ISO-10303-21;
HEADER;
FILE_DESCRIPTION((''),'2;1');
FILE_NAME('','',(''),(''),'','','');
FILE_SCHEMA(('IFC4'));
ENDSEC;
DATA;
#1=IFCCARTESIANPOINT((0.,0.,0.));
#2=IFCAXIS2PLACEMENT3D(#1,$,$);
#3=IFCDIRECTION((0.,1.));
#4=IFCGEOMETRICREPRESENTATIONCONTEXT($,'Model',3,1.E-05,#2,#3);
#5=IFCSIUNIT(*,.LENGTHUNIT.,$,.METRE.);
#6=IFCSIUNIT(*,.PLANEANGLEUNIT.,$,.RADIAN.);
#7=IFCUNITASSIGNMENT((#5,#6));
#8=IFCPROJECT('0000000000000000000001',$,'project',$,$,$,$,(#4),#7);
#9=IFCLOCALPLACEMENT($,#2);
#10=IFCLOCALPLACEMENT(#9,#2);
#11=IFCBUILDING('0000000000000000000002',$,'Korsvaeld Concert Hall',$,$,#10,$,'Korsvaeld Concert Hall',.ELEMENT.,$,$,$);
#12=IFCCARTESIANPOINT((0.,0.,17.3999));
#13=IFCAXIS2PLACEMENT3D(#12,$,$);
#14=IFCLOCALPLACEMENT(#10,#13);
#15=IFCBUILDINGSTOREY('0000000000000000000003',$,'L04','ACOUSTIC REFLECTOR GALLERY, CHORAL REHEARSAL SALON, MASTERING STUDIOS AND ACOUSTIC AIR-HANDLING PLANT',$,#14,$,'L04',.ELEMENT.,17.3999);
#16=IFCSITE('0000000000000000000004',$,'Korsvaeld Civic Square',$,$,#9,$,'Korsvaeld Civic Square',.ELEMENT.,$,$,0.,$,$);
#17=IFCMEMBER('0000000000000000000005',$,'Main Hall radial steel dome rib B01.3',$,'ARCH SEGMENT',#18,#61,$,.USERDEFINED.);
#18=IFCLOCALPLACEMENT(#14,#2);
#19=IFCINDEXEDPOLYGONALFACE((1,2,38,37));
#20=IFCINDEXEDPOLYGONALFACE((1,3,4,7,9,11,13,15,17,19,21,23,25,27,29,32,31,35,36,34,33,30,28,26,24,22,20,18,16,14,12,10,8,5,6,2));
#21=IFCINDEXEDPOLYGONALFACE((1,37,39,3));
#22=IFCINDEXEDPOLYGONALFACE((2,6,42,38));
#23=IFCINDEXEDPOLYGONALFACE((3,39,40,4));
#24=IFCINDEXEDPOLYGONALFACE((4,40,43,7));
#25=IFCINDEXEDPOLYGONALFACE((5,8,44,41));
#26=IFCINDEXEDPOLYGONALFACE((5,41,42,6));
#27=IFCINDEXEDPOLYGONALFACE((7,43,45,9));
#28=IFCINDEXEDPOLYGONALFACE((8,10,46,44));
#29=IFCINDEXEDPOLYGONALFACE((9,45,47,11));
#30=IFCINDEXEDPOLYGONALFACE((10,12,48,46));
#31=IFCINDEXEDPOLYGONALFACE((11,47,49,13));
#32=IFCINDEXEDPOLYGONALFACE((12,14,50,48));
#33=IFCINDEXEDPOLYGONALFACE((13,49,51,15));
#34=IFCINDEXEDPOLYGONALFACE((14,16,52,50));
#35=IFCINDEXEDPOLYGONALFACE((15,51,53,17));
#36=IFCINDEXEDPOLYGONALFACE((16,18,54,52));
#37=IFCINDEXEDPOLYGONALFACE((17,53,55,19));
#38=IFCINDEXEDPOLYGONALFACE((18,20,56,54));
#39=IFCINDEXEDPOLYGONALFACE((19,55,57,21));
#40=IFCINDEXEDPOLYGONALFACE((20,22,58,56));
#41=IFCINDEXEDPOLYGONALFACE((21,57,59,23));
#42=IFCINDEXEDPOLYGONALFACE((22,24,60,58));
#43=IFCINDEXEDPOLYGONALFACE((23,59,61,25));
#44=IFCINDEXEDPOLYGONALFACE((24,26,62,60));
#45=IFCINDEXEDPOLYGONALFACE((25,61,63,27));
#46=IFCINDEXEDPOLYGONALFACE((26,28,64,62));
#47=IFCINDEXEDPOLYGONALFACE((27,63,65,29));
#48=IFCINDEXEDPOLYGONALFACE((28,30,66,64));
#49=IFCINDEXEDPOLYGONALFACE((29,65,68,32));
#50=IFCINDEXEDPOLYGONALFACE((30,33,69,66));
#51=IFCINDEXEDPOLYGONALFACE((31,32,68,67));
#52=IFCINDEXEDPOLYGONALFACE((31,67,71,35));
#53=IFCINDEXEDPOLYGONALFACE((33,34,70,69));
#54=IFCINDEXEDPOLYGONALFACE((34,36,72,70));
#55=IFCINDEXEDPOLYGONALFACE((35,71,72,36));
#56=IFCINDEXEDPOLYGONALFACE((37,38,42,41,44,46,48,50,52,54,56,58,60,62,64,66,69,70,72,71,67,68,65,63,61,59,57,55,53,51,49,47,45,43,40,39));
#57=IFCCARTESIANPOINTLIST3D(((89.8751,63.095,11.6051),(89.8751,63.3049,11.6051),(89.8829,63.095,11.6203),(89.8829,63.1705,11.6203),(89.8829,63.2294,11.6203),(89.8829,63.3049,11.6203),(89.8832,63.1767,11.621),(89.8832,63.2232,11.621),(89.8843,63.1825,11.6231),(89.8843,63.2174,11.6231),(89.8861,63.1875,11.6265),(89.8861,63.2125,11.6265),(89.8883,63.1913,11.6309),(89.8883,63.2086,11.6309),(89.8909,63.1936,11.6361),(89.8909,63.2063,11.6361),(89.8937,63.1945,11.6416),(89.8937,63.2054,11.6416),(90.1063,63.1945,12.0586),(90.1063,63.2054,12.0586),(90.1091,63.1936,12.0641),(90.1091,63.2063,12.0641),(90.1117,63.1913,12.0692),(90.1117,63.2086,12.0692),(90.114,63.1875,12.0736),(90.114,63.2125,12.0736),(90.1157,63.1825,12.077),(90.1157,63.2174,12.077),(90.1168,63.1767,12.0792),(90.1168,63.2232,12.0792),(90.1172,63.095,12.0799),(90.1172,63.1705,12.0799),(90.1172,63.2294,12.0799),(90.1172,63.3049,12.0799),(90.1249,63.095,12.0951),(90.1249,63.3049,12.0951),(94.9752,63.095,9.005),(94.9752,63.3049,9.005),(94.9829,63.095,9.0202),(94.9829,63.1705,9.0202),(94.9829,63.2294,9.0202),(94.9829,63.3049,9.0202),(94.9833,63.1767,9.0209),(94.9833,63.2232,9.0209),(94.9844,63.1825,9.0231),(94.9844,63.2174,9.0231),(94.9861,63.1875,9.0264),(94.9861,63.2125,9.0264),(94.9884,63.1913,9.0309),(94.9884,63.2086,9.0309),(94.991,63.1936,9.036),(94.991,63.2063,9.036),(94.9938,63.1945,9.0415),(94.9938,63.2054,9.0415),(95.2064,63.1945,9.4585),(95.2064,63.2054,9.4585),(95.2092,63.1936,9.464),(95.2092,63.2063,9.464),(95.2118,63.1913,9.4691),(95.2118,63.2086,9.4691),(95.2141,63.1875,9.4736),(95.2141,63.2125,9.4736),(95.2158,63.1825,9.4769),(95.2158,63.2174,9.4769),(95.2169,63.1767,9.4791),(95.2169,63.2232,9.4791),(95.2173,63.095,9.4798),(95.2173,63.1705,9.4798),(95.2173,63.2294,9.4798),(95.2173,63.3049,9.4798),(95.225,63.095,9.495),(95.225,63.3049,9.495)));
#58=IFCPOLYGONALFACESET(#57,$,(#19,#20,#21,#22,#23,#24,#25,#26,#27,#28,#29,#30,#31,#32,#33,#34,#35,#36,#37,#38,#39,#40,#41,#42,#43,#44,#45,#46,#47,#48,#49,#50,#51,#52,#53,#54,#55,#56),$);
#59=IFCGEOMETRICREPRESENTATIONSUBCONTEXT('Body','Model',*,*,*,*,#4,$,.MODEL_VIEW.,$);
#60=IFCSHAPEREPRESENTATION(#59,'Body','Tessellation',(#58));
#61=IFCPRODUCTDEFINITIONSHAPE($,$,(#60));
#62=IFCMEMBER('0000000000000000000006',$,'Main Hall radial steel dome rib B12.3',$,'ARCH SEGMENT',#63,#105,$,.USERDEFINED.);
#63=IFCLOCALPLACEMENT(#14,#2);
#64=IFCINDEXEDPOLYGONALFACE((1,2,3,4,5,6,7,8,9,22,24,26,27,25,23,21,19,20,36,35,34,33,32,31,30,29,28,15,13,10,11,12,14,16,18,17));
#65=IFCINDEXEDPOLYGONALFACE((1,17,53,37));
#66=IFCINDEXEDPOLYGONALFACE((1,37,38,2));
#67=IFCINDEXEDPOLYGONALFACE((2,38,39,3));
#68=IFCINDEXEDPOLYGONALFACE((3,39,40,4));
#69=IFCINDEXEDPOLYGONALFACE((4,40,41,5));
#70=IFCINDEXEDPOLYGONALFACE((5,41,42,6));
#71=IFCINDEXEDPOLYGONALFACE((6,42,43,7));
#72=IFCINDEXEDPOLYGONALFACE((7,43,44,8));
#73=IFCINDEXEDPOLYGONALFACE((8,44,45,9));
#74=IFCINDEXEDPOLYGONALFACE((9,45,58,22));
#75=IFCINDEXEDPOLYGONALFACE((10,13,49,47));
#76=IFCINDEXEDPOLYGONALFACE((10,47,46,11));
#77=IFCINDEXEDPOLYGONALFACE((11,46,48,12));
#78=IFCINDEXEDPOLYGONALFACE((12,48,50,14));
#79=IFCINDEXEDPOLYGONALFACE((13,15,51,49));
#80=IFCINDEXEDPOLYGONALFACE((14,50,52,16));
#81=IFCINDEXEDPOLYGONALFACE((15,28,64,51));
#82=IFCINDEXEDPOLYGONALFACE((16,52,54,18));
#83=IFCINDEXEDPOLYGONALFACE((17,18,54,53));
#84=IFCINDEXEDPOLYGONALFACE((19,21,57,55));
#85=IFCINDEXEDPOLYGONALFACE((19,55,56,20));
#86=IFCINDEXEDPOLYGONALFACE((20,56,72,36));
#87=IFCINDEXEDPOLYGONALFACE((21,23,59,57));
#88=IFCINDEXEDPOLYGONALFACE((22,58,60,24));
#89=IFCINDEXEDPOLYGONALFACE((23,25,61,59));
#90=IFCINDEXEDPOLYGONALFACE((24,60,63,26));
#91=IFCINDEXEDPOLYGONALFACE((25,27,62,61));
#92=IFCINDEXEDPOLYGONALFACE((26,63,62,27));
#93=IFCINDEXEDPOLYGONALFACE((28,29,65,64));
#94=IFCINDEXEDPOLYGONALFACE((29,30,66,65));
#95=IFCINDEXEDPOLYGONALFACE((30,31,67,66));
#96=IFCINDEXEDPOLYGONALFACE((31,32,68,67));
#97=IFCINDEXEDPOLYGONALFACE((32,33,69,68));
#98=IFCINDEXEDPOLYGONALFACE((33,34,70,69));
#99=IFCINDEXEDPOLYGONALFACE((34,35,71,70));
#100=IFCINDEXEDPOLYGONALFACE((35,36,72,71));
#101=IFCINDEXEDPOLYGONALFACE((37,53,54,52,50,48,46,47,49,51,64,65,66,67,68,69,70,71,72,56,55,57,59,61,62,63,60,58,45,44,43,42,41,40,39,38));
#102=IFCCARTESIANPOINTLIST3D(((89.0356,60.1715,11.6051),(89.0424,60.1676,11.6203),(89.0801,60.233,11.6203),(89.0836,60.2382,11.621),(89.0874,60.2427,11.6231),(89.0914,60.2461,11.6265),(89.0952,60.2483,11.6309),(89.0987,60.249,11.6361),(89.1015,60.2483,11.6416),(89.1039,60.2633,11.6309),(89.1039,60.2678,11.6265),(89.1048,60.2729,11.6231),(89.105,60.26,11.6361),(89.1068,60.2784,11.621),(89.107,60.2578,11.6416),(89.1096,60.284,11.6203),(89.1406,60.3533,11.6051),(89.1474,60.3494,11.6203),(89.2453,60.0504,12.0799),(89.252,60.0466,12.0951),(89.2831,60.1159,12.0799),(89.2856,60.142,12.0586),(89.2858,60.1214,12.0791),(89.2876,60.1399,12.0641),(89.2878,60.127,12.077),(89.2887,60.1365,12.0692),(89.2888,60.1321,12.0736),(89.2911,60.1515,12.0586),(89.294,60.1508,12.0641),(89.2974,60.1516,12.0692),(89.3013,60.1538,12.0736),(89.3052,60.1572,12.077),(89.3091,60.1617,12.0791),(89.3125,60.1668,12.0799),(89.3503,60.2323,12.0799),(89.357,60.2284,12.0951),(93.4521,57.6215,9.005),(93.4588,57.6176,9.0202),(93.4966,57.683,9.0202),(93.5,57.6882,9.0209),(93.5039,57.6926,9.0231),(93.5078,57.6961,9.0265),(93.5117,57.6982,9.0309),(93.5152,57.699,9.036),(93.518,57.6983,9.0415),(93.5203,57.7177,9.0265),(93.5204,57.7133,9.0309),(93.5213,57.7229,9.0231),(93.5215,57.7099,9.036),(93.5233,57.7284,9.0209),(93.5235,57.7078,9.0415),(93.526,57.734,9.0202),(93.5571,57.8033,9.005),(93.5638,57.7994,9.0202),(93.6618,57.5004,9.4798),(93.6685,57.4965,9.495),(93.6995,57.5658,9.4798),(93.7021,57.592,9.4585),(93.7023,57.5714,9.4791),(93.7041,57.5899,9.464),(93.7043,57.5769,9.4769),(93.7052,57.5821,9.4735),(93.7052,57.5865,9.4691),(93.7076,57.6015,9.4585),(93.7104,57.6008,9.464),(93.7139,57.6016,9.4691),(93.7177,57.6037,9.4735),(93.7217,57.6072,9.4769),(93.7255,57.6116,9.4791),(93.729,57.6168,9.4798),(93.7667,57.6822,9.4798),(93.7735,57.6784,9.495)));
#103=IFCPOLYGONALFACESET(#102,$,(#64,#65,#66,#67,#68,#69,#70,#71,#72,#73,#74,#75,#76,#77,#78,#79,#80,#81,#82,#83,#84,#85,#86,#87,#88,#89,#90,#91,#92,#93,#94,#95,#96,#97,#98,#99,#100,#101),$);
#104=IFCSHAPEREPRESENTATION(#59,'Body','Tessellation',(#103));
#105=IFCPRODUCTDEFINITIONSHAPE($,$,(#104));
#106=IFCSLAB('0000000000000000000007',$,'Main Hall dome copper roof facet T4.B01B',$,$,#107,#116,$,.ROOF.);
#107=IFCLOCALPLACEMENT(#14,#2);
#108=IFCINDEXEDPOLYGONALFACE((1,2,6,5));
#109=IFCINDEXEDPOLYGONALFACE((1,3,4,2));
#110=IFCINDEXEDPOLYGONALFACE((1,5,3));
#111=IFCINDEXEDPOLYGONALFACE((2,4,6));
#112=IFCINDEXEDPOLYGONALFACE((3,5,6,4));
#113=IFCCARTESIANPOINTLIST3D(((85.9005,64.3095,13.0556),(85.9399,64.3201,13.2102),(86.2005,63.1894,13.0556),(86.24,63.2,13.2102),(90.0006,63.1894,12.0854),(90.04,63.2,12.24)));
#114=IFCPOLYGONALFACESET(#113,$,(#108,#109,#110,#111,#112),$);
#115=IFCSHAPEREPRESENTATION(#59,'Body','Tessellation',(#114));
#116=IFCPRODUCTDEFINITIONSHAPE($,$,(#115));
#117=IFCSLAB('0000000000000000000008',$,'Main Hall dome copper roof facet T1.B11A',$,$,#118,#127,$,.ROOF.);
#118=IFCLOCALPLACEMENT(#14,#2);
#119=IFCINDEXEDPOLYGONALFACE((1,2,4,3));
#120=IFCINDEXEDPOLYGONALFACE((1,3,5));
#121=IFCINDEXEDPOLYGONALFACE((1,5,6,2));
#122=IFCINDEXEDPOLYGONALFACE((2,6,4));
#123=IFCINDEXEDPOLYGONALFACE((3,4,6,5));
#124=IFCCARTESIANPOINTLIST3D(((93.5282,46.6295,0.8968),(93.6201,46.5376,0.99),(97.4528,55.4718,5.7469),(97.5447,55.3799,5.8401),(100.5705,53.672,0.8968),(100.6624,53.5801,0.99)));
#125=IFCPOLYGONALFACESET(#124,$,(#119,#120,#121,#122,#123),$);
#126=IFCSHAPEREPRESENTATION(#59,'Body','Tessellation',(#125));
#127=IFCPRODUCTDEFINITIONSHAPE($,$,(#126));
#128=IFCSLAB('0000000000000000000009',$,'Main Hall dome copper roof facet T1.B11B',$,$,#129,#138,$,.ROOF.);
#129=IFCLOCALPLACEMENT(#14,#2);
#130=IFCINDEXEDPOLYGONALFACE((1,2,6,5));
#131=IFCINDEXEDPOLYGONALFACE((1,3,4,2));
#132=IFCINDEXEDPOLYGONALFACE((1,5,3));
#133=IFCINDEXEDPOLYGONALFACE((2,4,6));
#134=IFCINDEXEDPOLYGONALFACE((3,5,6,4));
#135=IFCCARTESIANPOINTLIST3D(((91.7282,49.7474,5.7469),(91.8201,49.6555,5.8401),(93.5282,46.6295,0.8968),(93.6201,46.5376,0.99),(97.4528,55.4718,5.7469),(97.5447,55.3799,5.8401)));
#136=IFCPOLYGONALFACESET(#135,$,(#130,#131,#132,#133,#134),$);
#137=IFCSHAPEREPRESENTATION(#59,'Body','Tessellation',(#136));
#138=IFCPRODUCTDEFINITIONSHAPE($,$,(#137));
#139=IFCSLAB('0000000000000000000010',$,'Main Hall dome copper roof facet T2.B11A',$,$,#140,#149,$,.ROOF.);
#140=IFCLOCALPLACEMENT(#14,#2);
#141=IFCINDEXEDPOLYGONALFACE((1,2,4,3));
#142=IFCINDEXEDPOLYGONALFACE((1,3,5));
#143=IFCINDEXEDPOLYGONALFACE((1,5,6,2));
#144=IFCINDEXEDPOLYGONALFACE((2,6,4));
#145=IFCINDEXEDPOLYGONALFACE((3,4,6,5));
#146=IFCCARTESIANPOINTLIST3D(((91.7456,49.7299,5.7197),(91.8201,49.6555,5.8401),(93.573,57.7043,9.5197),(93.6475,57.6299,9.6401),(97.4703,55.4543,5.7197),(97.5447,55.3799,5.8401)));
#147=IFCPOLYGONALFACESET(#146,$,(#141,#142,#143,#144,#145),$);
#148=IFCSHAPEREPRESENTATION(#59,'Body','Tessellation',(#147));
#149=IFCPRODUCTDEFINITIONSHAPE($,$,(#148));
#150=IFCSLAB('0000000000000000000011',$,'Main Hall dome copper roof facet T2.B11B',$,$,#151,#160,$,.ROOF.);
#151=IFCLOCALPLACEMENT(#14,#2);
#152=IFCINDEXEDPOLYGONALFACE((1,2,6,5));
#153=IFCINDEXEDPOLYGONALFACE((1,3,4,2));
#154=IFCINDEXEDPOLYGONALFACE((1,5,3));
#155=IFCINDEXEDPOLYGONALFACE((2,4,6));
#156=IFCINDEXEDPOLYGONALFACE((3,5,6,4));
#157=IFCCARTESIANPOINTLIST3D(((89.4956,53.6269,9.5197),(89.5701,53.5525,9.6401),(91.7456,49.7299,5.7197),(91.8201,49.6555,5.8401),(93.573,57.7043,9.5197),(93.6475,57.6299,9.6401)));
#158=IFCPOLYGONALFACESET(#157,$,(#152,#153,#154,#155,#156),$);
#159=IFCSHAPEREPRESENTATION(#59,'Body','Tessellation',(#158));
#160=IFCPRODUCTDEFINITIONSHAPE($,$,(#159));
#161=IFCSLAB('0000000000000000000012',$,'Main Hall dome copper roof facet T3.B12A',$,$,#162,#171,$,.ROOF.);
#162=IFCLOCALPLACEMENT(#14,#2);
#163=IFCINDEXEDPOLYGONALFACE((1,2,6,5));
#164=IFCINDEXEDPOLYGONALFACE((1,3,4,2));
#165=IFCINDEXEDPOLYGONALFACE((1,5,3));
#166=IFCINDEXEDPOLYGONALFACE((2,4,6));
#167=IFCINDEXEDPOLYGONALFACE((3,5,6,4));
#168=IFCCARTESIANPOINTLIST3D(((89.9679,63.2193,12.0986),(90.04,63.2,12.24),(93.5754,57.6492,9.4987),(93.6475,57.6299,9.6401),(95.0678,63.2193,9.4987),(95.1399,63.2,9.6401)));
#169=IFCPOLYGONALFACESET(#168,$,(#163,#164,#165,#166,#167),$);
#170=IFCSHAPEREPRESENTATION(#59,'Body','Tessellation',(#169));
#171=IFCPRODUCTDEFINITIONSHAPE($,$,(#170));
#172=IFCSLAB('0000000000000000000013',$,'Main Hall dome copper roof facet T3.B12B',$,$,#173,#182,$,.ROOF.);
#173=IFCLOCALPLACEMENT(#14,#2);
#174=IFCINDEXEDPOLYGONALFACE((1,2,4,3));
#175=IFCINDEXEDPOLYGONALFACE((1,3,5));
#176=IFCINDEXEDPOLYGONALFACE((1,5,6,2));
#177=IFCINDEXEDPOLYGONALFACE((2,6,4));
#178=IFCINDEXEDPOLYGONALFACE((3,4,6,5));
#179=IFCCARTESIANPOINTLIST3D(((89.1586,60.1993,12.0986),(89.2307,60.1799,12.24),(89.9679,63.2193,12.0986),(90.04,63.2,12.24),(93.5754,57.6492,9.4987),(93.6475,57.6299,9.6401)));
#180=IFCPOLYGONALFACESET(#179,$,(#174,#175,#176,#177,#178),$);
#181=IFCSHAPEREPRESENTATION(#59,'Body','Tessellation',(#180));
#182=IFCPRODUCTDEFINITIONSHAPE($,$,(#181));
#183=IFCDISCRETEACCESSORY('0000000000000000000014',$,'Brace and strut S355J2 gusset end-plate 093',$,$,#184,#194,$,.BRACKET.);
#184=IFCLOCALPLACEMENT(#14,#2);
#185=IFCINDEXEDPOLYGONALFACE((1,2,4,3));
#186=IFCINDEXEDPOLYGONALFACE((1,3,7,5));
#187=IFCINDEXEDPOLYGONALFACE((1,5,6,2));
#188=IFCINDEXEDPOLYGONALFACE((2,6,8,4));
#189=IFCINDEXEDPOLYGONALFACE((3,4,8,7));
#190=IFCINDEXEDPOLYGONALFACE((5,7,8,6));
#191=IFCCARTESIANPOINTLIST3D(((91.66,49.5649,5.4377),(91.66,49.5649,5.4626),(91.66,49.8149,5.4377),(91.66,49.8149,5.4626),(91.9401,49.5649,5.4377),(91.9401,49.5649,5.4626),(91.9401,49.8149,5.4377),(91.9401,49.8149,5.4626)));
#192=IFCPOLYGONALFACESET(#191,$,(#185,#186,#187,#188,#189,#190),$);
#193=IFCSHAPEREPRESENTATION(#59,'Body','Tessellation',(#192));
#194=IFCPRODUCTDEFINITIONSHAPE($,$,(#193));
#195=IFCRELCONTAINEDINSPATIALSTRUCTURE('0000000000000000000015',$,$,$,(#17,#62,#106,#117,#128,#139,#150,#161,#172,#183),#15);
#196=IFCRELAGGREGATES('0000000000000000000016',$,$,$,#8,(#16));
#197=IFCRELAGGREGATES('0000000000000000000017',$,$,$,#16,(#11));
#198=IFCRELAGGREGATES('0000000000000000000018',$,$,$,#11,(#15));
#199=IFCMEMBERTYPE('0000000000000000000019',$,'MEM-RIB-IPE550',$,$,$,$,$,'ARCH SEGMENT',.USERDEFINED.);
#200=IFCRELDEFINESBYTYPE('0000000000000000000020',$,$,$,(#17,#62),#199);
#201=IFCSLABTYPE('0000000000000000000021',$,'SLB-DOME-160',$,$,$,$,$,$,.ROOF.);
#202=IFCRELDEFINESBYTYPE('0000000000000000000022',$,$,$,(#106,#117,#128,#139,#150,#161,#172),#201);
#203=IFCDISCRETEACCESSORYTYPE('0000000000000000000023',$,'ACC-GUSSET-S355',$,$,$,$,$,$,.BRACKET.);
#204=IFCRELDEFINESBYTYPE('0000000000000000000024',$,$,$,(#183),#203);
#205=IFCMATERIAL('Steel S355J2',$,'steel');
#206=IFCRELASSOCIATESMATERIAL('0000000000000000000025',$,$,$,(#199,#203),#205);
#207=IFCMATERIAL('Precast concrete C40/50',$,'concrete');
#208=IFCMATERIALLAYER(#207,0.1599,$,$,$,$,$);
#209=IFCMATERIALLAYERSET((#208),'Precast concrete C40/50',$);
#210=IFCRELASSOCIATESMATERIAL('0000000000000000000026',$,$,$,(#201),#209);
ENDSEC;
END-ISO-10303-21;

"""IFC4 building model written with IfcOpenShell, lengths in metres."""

from ifc_helpers import new_model, si_unit, direction, frame, origin, origin_2d, place, context, subcontext, project, spatial, polyline, rectangle, i_section, outline, extrude, material, layer, layer_set, material_profile, profile_set, type_object, element, save


model = new_model("IFC4")

# Units and contexts
model_context = context("Model", 3, precision=1e-05, world=origin(), true_north=direction((0.0, 1.0)))
body_context = subcontext(model_context, "Body", "Model", "MODEL_VIEW")
ifc_project = project(units=[si_unit("LENGTHUNIT", "METRE"), si_unit("PLANEANGLEUNIT", "RADIAN")], contexts=[model_context])

# Site, building, storey
site_placement = place(None, origin())
site = spatial("IfcSite", under=ifc_project, at=site_placement, Name="Korsvaeld Civic Square", LongName="Korsvaeld Civic Square", CompositionType="ELEMENT", RefElevation=0.0)
building_placement = place(site_placement, origin())
building = spatial("IfcBuilding", under=site, at=building_placement, Name="Korsvaeld Concert Hall", LongName="Korsvaeld Concert Hall", CompositionType="ELEMENT")
storey_placement = place(building_placement, frame((0.0, 0.0, 17.3999)))
storey = spatial("IfcBuildingStorey", under=building, at=storey_placement, Name="L04", Description="ACOUSTIC REFLECTOR GALLERY, CHORAL REHEARSAL SALON, MASTERING STUDIOS AND ACOUSTIC AIR-HANDLING PLANT", LongName="L04", CompositionType="ELEMENT", Elevation=17.3999)

# Shared definitions
ifc_material_1 = material(Name="Steel S355J2", Category="steel")

# Members
ifc_material_profile_1 = material_profile(ifc_material_1, i_section(OverallWidth=0.21, OverallDepth=0.55, WebThickness=0.011, FlangeThickness=0.0171, FilletRadius=0.0239, at=origin_2d()), Name="IPE 550")
ifc_profile_set_1 = profile_set([ifc_material_profile_1], Name="Steel S355J2")
member_type_1 = type_object("IfcMemberType", Name="MEM-RIB-IPE550", ElementType="ARCH SEGMENT", PredefinedType="USERDEFINED", material=ifc_profile_set_1)
member_1_placement = place(storey_placement, frame((95.1001, 63.2, 9.25), z_axis=(-0.890903, 0.0, 0.454194), x_axis=(0.0, -1.0, 0.0)))
element("IfcMember", 1, at=member_1_placement, inside=storey, type_object=member_type_1, Name="Main Hall radial steel dome rib B01.3", ObjectType="ARCH SEGMENT", PredefinedType="USERDEFINED", context=body_context, shape_type="SweptSolid", body=[
    extrude(i_section(OverallWidth=0.21, OverallDepth=0.55, WebThickness=0.011, FlangeThickness=0.0171, FilletRadius=0.0239, at=origin_2d()), origin(), (0.0, 0.0, 1.0), 5.7246),
])
member_2_placement = place(storey_placement, frame((93.6128, 57.6499, 9.25), z_axis=(-0.771522, 0.44547, 0.454213), x_axis=(-0.500026, -0.86601, 0.0)))
element("IfcMember", 2, at=member_2_placement, inside=storey, type_object=member_type_1, Name="Main Hall radial steel dome rib B12.3", ObjectType="ARCH SEGMENT", PredefinedType="USERDEFINED", context=body_context, shape_type="SweptSolid", body=[
    extrude(i_section(OverallWidth=0.21, OverallDepth=0.55, WebThickness=0.011, FlangeThickness=0.0171, FilletRadius=0.0239, at=origin_2d()), origin(), (0.0, 0.0, 1.0), 5.7244),
])

# Slabs
ifc_material_2 = material(Name="Precast concrete C40/50", Category="concrete")
ifc_layer = layer(ifc_material_2, 0.1599)
ifc_layer_set = layer_set([ifc_layer], Name="Precast concrete C40/50")
slab_type = type_object("IfcSlabType", Name="SLB-DOME-160", PredefinedType="ROOF", material=ifc_layer_set)
slab_1_placement = place(storey_placement, frame((90.04, 63.2, 12.24), z_axis=(0.246839, 0.066122, 0.966798), x_axis=(-0.940459, 0.256927, 0.222543)))
element("IfcSlab", 3, at=slab_1_placement, inside=storey, type_object=slab_type, Name="Main Hall dome copper roof facet T4.B01B", PredefinedType="ROOF", context=body_context, shape_type="SweptSolid", body=[
    extrude(outline(polyline([(0.0, 0.0), (4.3597, 0.0), (3.7897, 1.0099), (0.0, 0.0)])), origin(), (0.0, 0.0, -1.0), 0.1599),
])
slab_2_placement = place(storey_placement, frame((93.6201, 46.5376, 0.99), z_axis=(0.574686, -0.574666, 0.582662), x_axis=(0.707095, 0.707119, 0.0)))
element("IfcSlab", 4, at=slab_2_placement, inside=storey, type_object=slab_type, Name="Main Hall dome copper roof facet T1.B11A", PredefinedType="ROOF", context=body_context, shape_type="SweptSolid", body=[
    extrude(outline(polyline([(0.0, 0.0), (9.9594, 0.0), (9.0276, 5.9678), (0.0, 0.0)])), origin(), (0.0, 0.0, -1.0), 0.1599),
])
slab_3_placement = place(storey_placement, frame((93.6201, 46.5376, 0.99), z_axis=(0.574644, -0.574668, 0.582701), x_axis=(0.362653, 0.81708, 0.448178)))
element("IfcSlab", 5, at=slab_3_placement, inside=storey, type_object=slab_type, Name="Main Hall dome copper roof facet T1.B11B", PredefinedType="ROOF", context=body_context, shape_type="SweptSolid", body=[
    extrude(outline(polyline([(0.0, 0.0), (10.8218, 0.0), (4.0685, 4.4646), (0.0, 0.0)])), origin(), (0.0, 0.0, -1.0), 0.1599),
])
slab_4_placement = place(storey_placement, frame((91.8201, 49.6555, 5.8401), z_axis=(0.465392, -0.465412, 0.752862), x_axis=(0.707122, 0.707092, 0.0)))
element("IfcSlab", 6, at=slab_4_placement, inside=storey, type_object=slab_type, Name="Main Hall dome copper roof facet T2.B11A", PredefinedType="ROOF", context=body_context, shape_type="SweptSolid", body=[
    extrude(outline(polyline([(0.0, 0.0), (8.0956, 0.0), (6.9308, 5.7736), (0.0, 0.0)])), origin(), (0.0, 0.0, -1.0), 0.1599),
])
slab_5_placement = place(storey_placement, frame((91.8201, 49.6555, 5.8401), z_axis=(0.465411, -0.465411, 0.752851), x_axis=(0.202581, 0.884023, 0.421266)))
element("IfcSlab", 7, at=slab_5_placement, inside=storey, type_object=slab_type, Name="Main Hall dome copper roof facet T2.B11B", PredefinedType="ROOF", context=body_context, shape_type="SweptSolid", body=[
    extrude(outline(polyline([(0.0, 0.0), (9.0205, 0.0), (4.59, 3.6906), (0.0, 0.0)])), origin(), (0.0, 0.0, -1.0), 0.1599),
])
slab_6_placement = place(storey_placement, frame((93.6475, 57.6299, 9.6401), z_axis=(0.450851, -0.1208, 0.884387), x_axis=(0.258809, 0.965929, 0.0)))
element("IfcSlab", 8, at=slab_6_placement, inside=storey, type_object=slab_type, Name="Main Hall dome copper roof facet T3.B12A", PredefinedType="ROOF", context=body_context, shape_type="SweptSolid", body=[
    extrude(outline(polyline([(0.0, 0.0), (5.7665, 0.0), (4.4467, 5.5701), (0.0, 0.0)])), origin(), (0.0, 0.0, -1.0), 0.1599),
])
slab_7_placement = place(storey_placement, frame((93.6475, 57.6299, 9.6401), z_axis=(0.450831, -0.120817, 0.884395), x_axis=(-0.506142, 0.781512, 0.364774)))
element("IfcSlab", 9, at=slab_7_placement, inside=storey, type_object=slab_type, Name="Main Hall dome copper roof facet T3.B12B", PredefinedType="ROOF", context=body_context, shape_type="SweptSolid", body=[
    extrude(outline(polyline([(0.0, 0.0), (7.1273, 0.0), (5.1768, 2.4435), (0.0, 0.0)])), origin(), (0.0, 0.0, -1.0), 0.1599),
])

# Discrete accessory
discrete_accessory_type_1 = type_object("IfcDiscreteAccessoryType", Name="ACC-GUSSET-S355", PredefinedType="BRACKET", material=ifc_material_1)
for number, where, z_axis, x_axis, name in (
    (10, (91.8, 49.6899, 5.4377), (0.0, 0.0, 1.0), (1.0, 0.0, 0.0), "Brace and strut S355J2 gusset end-plate 093"),
):
    element("IfcDiscreteAccessory", number, at=place(storey_placement, frame(where, z_axis=z_axis, x_axis=x_axis)), inside=storey, type_object=discrete_accessory_type_1, Name=name, PredefinedType="BRACKET", context=body_context, shape_type="SweptSolid", body=[
        extrude(rectangle(XDim=0.28, YDim=0.25, at=origin_2d()), origin(), (0.0, 0.0, 1.0), 0.0249),
    ])

save(model, "model.ifc")
